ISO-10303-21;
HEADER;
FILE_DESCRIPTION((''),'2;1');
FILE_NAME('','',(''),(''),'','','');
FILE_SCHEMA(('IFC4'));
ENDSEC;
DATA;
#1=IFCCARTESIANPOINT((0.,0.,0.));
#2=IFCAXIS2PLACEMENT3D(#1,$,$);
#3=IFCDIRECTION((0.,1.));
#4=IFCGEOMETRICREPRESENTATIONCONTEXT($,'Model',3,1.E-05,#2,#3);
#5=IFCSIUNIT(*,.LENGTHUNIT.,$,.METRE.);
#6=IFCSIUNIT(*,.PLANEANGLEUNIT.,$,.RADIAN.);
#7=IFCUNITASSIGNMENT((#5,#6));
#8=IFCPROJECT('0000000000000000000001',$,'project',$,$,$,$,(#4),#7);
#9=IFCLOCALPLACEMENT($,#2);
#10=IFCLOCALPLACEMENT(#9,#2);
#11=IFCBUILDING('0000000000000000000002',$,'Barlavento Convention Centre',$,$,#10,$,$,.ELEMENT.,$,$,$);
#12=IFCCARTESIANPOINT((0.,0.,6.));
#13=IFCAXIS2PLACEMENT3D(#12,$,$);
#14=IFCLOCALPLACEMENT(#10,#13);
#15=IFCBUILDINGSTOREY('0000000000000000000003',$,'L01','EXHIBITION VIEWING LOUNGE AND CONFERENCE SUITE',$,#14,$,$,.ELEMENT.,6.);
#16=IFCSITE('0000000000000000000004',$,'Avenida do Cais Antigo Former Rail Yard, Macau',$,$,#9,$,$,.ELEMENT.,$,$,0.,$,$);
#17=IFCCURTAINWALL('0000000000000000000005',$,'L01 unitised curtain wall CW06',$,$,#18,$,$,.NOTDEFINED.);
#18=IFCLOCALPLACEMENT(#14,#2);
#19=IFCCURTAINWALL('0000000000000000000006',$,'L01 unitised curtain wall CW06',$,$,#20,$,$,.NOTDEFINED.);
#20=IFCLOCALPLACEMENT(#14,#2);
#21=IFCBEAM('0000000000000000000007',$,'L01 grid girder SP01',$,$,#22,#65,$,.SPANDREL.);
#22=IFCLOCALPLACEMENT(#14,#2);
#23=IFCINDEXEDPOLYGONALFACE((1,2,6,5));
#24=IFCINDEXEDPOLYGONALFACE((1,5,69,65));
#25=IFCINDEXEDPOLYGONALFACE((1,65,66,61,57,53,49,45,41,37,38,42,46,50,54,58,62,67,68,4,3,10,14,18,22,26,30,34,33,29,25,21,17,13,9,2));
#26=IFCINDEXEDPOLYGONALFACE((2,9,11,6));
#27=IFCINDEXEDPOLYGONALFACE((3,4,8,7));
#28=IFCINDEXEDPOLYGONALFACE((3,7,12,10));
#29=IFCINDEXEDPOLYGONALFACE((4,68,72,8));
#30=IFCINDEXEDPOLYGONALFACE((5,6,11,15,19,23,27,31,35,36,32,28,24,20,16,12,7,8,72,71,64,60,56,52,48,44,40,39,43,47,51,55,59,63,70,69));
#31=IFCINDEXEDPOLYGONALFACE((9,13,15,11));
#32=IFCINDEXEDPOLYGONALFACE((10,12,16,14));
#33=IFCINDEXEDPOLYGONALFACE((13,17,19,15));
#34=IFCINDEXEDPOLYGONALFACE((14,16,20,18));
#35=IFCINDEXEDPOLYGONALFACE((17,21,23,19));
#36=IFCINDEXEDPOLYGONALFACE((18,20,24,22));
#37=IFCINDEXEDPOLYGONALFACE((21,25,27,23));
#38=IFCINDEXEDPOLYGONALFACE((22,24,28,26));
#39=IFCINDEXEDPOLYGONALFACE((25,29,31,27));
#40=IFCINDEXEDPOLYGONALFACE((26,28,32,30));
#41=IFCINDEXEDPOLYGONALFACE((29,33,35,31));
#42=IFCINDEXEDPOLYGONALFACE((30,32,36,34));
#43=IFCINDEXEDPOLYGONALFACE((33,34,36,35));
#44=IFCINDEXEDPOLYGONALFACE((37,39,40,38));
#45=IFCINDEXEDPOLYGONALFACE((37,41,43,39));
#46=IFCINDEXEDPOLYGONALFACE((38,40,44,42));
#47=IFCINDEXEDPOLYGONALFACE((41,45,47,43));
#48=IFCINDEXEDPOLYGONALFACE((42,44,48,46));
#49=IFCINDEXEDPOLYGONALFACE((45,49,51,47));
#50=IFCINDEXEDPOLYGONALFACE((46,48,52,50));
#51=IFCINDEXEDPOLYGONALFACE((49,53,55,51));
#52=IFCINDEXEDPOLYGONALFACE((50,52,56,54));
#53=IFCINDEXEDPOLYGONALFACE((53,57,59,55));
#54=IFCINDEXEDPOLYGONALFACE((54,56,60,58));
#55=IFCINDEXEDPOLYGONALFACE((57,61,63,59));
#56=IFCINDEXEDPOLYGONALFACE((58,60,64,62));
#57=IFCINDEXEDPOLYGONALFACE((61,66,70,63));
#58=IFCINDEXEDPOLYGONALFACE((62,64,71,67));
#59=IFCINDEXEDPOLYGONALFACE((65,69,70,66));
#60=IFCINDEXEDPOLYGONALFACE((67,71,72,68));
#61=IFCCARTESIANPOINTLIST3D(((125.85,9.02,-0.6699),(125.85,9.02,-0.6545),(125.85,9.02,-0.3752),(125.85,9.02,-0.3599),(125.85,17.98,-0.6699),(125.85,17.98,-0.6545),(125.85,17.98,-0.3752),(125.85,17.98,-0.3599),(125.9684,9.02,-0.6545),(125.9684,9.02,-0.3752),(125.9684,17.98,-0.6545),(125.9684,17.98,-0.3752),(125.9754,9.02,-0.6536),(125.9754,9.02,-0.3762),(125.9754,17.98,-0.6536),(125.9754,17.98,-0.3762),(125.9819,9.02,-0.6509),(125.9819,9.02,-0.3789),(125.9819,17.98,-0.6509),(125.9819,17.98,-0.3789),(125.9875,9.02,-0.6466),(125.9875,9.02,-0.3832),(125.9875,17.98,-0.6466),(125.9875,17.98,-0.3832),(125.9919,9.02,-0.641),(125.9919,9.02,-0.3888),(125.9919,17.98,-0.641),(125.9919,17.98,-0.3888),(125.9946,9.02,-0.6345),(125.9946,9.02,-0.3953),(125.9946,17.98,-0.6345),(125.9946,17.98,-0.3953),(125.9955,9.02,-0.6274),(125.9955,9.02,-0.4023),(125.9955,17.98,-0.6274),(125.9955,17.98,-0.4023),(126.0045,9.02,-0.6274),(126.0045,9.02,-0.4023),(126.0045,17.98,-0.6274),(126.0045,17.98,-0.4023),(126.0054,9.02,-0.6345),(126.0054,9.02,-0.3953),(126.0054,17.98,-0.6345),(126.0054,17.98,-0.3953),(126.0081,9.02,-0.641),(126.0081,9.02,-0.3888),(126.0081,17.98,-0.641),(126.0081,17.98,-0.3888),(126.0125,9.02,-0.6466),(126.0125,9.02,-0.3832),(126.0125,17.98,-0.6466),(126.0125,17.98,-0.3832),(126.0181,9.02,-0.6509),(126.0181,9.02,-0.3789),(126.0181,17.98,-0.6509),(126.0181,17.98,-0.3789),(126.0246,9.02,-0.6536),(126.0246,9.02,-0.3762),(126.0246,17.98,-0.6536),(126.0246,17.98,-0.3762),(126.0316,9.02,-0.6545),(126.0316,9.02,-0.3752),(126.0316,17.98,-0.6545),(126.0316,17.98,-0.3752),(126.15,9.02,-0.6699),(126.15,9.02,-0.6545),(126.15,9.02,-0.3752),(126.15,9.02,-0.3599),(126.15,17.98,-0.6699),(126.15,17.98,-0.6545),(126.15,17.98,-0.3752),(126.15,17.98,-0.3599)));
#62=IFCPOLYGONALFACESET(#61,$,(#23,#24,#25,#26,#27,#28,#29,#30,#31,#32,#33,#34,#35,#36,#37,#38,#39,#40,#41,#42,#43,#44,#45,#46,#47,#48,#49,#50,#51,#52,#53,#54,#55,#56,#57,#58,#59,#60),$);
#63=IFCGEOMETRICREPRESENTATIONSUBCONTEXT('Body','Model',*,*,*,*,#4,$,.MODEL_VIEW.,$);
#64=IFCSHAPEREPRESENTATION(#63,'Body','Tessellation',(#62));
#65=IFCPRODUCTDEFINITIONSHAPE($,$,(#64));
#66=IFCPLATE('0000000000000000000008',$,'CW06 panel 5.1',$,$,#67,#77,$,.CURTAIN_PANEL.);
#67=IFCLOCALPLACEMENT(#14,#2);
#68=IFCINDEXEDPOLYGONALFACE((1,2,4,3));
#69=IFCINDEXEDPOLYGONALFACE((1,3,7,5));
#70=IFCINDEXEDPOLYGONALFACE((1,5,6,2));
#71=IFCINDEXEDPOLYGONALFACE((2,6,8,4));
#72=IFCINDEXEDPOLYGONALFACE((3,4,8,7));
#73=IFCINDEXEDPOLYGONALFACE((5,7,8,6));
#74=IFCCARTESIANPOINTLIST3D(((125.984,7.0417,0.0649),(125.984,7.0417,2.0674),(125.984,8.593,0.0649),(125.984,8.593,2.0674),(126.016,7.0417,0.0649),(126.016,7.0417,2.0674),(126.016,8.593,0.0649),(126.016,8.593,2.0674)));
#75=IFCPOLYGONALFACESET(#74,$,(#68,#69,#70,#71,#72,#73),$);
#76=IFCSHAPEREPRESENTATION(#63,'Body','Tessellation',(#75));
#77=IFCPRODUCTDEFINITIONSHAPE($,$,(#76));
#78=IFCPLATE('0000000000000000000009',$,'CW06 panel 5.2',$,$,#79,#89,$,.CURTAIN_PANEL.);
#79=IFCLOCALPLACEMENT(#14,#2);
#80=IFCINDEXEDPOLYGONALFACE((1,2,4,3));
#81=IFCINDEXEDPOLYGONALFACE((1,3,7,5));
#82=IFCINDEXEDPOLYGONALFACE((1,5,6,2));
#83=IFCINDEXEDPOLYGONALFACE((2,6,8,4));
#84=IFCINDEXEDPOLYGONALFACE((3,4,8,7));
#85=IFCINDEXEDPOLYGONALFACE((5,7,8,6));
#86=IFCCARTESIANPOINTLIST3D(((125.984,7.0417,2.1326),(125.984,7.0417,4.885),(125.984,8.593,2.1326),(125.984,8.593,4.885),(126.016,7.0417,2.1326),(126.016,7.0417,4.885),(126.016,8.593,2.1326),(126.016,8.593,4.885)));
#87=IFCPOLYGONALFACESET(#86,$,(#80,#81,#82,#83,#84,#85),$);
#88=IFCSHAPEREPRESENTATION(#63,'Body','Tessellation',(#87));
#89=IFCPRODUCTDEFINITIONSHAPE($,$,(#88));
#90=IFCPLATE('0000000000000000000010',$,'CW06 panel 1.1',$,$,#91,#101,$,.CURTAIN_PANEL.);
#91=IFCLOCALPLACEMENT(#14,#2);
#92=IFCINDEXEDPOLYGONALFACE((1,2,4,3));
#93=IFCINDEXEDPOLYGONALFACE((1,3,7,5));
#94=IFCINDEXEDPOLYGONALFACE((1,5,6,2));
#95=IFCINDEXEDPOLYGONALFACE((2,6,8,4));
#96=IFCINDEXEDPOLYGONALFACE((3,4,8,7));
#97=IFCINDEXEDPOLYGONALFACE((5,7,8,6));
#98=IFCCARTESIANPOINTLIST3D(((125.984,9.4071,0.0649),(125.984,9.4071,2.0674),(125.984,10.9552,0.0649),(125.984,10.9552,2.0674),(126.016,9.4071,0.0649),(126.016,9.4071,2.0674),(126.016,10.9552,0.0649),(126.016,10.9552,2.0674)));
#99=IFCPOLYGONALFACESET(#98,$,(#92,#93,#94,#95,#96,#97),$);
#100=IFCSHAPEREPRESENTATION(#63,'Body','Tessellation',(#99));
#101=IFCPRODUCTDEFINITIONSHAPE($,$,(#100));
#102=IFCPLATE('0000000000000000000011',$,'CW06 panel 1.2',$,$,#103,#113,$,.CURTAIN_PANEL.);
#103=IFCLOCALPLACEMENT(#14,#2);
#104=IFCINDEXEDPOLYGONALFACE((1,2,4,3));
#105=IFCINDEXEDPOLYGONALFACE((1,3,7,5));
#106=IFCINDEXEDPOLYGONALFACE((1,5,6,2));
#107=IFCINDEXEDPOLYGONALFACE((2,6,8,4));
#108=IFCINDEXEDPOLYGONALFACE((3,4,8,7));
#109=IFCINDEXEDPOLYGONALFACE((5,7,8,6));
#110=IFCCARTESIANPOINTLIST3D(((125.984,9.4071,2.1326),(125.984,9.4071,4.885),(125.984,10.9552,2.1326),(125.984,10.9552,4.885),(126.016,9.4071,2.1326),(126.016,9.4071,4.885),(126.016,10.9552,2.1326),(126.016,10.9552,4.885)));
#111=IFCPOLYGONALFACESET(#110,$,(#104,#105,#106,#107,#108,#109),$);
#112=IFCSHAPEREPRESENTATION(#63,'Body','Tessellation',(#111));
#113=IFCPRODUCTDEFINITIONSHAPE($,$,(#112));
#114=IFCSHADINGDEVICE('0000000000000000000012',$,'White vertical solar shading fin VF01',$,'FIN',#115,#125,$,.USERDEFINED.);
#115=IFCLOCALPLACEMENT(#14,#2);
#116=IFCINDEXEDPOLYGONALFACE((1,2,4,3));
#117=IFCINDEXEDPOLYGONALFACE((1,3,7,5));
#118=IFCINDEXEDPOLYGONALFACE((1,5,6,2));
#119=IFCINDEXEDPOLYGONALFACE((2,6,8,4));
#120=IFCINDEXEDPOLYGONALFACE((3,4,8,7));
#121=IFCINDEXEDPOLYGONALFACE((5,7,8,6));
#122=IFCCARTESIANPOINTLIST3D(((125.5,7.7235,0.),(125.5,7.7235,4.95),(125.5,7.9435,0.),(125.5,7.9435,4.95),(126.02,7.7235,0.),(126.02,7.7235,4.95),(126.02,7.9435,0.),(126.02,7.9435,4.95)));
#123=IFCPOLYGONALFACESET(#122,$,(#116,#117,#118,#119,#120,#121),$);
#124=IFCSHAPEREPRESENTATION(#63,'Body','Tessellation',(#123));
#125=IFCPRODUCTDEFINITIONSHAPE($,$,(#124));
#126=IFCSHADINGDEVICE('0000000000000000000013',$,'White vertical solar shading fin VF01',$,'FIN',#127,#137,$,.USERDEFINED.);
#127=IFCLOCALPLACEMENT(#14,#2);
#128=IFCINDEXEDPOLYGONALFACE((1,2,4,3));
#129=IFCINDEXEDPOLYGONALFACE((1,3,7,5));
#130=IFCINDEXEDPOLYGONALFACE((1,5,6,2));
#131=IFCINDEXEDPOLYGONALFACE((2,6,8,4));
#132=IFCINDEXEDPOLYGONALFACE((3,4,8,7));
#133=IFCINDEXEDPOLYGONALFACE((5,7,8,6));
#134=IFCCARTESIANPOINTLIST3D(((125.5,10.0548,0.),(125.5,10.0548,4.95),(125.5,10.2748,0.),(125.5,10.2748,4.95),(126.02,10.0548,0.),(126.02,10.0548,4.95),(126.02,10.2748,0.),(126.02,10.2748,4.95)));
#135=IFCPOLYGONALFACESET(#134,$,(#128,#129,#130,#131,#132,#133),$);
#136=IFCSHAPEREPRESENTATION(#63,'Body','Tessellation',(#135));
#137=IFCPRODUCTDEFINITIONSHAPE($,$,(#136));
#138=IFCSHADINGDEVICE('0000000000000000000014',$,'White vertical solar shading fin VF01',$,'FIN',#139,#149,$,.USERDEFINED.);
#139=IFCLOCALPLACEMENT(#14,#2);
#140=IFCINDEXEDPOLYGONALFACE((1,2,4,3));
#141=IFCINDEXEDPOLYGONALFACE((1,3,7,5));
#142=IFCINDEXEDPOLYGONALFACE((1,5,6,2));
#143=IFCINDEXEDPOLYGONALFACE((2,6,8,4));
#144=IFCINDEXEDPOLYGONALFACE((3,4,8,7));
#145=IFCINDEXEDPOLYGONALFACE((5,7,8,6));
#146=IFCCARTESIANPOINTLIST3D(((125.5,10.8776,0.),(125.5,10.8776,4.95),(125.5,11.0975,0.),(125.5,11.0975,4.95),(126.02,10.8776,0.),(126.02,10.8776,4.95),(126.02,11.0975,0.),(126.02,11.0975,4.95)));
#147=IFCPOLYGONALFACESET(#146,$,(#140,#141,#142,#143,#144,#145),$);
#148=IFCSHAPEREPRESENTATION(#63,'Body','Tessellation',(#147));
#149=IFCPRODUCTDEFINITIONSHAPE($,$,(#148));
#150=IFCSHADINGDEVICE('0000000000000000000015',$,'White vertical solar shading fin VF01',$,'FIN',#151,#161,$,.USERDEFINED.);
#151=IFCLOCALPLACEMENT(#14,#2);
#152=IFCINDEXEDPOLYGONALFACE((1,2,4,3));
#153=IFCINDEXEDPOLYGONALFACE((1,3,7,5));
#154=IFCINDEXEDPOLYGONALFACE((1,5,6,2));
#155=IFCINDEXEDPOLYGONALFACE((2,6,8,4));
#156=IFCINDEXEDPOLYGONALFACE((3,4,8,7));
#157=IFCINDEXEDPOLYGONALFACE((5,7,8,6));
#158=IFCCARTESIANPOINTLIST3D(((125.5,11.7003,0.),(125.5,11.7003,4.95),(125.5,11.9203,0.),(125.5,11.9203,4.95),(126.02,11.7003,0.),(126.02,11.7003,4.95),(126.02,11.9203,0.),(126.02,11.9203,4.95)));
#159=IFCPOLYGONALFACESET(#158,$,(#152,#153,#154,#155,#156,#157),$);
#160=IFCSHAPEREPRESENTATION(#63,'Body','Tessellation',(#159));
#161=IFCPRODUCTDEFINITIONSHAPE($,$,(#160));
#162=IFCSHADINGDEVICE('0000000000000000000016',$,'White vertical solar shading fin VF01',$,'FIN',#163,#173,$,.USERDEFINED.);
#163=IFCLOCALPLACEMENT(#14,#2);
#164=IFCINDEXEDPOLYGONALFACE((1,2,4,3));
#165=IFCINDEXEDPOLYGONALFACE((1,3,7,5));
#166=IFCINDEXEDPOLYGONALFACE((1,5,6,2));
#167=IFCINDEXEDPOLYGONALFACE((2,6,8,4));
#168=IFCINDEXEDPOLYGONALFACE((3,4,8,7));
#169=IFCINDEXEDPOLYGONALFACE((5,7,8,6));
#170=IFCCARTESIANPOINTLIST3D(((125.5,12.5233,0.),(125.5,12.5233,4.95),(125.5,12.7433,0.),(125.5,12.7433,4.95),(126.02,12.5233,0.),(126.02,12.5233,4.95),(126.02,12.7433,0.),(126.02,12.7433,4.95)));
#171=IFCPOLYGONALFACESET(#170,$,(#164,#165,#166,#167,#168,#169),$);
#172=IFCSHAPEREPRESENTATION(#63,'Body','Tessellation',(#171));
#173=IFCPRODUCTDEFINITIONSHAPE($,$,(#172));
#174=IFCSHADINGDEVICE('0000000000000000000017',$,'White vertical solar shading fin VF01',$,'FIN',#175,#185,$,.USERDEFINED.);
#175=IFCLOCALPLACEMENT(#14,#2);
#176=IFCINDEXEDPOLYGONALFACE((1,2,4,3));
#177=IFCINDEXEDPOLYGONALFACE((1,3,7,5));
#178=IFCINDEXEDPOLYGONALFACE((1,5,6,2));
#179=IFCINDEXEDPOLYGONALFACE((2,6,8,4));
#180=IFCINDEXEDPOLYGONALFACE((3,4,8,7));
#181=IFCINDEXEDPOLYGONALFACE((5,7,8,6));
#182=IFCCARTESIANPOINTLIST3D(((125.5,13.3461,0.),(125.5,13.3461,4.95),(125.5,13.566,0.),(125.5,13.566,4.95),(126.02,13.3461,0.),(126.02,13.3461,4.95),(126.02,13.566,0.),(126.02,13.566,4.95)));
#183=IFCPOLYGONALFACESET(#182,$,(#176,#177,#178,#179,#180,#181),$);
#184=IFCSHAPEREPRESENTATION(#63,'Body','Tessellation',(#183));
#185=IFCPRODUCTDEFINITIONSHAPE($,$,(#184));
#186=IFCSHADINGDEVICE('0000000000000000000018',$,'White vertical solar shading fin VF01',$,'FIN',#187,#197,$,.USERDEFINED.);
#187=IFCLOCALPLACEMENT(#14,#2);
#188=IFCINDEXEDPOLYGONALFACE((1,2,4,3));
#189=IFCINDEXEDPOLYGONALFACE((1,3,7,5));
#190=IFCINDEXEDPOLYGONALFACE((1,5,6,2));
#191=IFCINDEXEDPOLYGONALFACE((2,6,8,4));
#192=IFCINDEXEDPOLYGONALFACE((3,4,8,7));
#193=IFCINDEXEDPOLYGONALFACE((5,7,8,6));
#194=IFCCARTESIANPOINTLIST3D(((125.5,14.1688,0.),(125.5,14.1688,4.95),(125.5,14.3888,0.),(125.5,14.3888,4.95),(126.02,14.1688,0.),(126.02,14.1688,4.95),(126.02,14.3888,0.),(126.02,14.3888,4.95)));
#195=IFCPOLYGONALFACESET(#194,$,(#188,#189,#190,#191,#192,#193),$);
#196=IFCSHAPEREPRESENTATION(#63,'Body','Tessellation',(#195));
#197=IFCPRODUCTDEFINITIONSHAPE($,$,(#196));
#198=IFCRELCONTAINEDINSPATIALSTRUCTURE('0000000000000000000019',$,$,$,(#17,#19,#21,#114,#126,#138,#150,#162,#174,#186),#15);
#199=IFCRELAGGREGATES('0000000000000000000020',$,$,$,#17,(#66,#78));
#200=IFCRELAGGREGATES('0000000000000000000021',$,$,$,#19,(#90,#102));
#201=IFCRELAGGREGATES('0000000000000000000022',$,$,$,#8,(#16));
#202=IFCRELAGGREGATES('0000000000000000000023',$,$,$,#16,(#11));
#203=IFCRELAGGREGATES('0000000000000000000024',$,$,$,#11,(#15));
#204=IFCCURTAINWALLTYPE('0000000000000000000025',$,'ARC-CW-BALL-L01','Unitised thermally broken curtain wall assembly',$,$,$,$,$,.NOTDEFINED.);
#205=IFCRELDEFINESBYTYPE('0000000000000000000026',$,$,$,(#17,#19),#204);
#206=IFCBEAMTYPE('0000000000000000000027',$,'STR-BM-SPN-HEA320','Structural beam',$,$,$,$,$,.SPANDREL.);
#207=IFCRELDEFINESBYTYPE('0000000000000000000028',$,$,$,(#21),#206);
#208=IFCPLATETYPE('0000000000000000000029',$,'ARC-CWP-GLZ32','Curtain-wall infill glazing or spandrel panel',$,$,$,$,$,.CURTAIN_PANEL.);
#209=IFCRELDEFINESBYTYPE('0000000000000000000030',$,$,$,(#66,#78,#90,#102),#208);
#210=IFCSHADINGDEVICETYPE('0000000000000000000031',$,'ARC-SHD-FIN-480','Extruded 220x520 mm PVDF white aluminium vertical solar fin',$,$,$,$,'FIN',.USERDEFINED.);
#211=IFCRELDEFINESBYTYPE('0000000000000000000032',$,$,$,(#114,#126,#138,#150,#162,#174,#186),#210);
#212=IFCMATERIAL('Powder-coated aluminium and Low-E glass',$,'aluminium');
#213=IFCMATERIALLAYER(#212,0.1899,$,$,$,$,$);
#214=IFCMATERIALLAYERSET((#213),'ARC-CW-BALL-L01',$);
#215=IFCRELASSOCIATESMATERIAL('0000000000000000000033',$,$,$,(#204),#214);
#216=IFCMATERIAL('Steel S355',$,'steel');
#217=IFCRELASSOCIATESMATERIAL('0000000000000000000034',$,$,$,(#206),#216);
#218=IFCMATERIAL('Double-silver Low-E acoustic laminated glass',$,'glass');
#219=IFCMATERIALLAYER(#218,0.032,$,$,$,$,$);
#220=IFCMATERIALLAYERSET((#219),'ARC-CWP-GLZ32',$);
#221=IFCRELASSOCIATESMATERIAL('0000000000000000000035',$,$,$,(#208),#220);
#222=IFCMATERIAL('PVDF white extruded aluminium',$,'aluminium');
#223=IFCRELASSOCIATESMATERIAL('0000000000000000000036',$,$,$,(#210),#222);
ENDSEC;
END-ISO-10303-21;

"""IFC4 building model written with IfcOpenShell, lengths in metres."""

from ifc_helpers import new_model, si_unit, direction, frame, origin, origin_2d, place, context, subcontext, project, spatial, rectangle, i_section, extrude, material, layer, layer_set, material_profile, profile_set, type_object, element, aggregate, save


model = new_model("IFC4")

# Units and contexts
model_context = context("Model", 3, precision=1e-05, world=origin(), true_north=direction((0.0, 1.0)))
body_context = subcontext(model_context, "Body", "Model", "MODEL_VIEW")
ifc_project = project(units=[si_unit("LENGTHUNIT", "METRE"), si_unit("PLANEANGLEUNIT", "RADIAN")], contexts=[model_context])

# Site, building, storey
site_placement = place(None, origin())
site = spatial("IfcSite", under=ifc_project, at=site_placement, Name="Avenida do Cais Antigo Former Rail Yard, Macau", CompositionType="ELEMENT", RefElevation=0.0)
building_placement = place(site_placement, origin())
building = spatial("IfcBuilding", under=site, at=building_placement, Name="Barlavento Convention Centre", CompositionType="ELEMENT")
storey_placement = place(building_placement, frame((0.0, 0.0, 6.0)))
storey = spatial("IfcBuildingStorey", under=building, at=storey_placement, Name="L01", Description="EXHIBITION VIEWING LOUNGE AND CONFERENCE SUITE", CompositionType="ELEMENT", Elevation=6.0)

# Shared definitions
ifc_material_1 = material(Name="Steel S355", Category="steel")

# Curtain walls
ifc_material_2 = material(Name="Powder-coated aluminium and Low-E glass", Category="aluminium")
ifc_layer_1 = layer(ifc_material_2, 0.1899)
ifc_layer_set_1 = layer_set([ifc_layer_1], Name="ARC-CW-BALL-L01")
curtain_wall_type = type_object("IfcCurtainWallType", Name="ARC-CW-BALL-L01", Description="Unitised thermally broken curtain wall assembly", PredefinedType="NOTDEFINED", material=ifc_layer_set_1)
curtain_wall_1_placement = place(storey_placement, origin())
curtain_wall_1 = element("IfcCurtainWall", 1, at=curtain_wall_1_placement, inside=storey, type_object=curtain_wall_type, Name="L01 unitised curtain wall CW06", PredefinedType="NOTDEFINED")
curtain_wall_2_placement = place(storey_placement, origin())
curtain_wall_2 = element("IfcCurtainWall", 2, at=curtain_wall_2_placement, inside=storey, type_object=curtain_wall_type, Name="L01 unitised curtain wall CW06", PredefinedType="NOTDEFINED")

# Beam
ifc_material_profile_1 = material_profile(ifc_material_1, i_section(OverallWidth=0.3, OverallDepth=0.3101, WebThickness=0.009, FlangeThickness=0.0154, FilletRadius=0.0271, at=origin_2d()), Name="HEA 320")
ifc_profile_set_1 = profile_set([ifc_material_profile_1], Name="Steel S355")
beam_type = type_object("IfcBeamType", Name="STR-BM-SPN-HEA320", Description="Structural beam", PredefinedType="SPANDREL", material=ifc_profile_set_1)
beam_placement = place(storey_placement, frame((126.0, 9.02, -0.5149), z_axis=(0.0, 1.0, 0.0), x_axis=(-1.0, 0.0, 0.0)))
element("IfcBeam", 3, at=beam_placement, inside=storey, type_object=beam_type, Name="L01 grid girder SP01", PredefinedType="SPANDREL", context=body_context, shape_type="SweptSolid", body=[
    extrude(i_section(OverallWidth=0.3, OverallDepth=0.3101, WebThickness=0.009, FlangeThickness=0.0154, FilletRadius=0.0271, at=origin_2d()), origin(), (0.0, 0.0, 1.0), 8.96),
])

# Plates
ifc_material_3 = material(Name="Double-silver Low-E acoustic laminated glass", Category="glass")
ifc_layer_2 = layer(ifc_material_3, 0.032)
ifc_layer_set_2 = layer_set([ifc_layer_2], Name="ARC-CWP-GLZ32")
plate_type = type_object("IfcPlateType", Name="ARC-CWP-GLZ32", Description="Curtain-wall infill glazing or spandrel panel", PredefinedType="CURTAIN_PANEL", material=ifc_layer_set_2)
plate_1_placement = place(storey_placement, frame((126.0, 7.8174, 0.0649), z_axis=(0.0, 0.0, 1.0), x_axis=(0.0, 1.0, 0.0)))
plate_1 = element("IfcPlate", 4, at=plate_1_placement, type_object=plate_type, Name="CW06 panel 5.1", PredefinedType="CURTAIN_PANEL", context=body_context, shape_type="SweptSolid", body=[
    extrude(rectangle(XDim=1.5513, YDim=0.032, at=origin_2d()), origin(), (0.0, 0.0, 1.0), 2.0024),
])
plate_2_placement = place(storey_placement, frame((126.0, 7.8174, 2.1326), z_axis=(0.0, 0.0, 1.0), x_axis=(0.0, 1.0, 0.0)))
plate_2 = element("IfcPlate", 5, at=plate_2_placement, type_object=plate_type, Name="CW06 panel 5.2", PredefinedType="CURTAIN_PANEL", context=body_context, shape_type="SweptSolid", body=[
    extrude(rectangle(XDim=1.5513, YDim=0.032, at=origin_2d()), origin(), (0.0, 0.0, 1.0), 2.7524),
])
aggregate(curtain_wall_1, [plate_1, plate_2])
plate_3_placement = place(storey_placement, frame((126.0, 10.1812, 0.0649), z_axis=(0.0, 0.0, 1.0), x_axis=(0.0, 1.0, 0.0)))
plate_3 = element("IfcPlate", 6, at=plate_3_placement, type_object=plate_type, Name="CW06 panel 1.1", PredefinedType="CURTAIN_PANEL", context=body_context, shape_type="SweptSolid", body=[
    extrude(rectangle(XDim=1.5481, YDim=0.032, at=origin_2d()), origin(), (0.0, 0.0, 1.0), 2.0024),
])
plate_4_placement = place(storey_placement, frame((126.0, 10.1812, 2.1326), z_axis=(0.0, 0.0, 1.0), x_axis=(0.0, 1.0, 0.0)))
plate_4 = element("IfcPlate", 7, at=plate_4_placement, type_object=plate_type, Name="CW06 panel 1.2", PredefinedType="CURTAIN_PANEL", context=body_context, shape_type="SweptSolid", body=[
    extrude(rectangle(XDim=1.5481, YDim=0.032, at=origin_2d()), origin(), (0.0, 0.0, 1.0), 2.7524),
])
aggregate(curtain_wall_2, [plate_3, plate_4])

# Shading devices
ifc_material_4 = material(Name="PVDF white extruded aluminium", Category="aluminium")
shading_device_type = type_object("IfcShadingDeviceType", Name="ARC-SHD-FIN-480", Description="Extruded 220x520 mm PVDF white aluminium vertical solar fin", ElementType="FIN", PredefinedType="USERDEFINED", material=ifc_material_4)
for number, where, z_axis, x_axis, name in (
    (8, (125.76, 7.8335, 0.0), (0.0, 0.0, 1.0), (0.0, 1.0, 0.0), "White vertical solar shading fin VF01"),
    (9, (125.76, 10.1648, 0.0), (0.0, 0.0, 1.0), (0.0, 1.0, 0.0), "White vertical solar shading fin VF01"),
    (10, (125.76, 10.9875, 0.0), (0.0, 0.0, 1.0), (0.0, 1.0, 0.0), "White vertical solar shading fin VF01"),
    (11, (125.76, 11.8103, 0.0), (0.0, 0.0, 1.0), (0.0, 1.0, 0.0), "White vertical solar shading fin VF01"),
    (12, (125.76, 12.6333, 0.0), (0.0, 0.0, 1.0), (0.0, 1.0, 0.0), "White vertical solar shading fin VF01"),
    (13, (125.76, 13.4561, 0.0), (0.0, 0.0, 1.0), (0.0, 1.0, 0.0), "White vertical solar shading fin VF01"),
    (14, (125.76, 14.2788, 0.0), (0.0, 0.0, 1.0), (0.0, 1.0, 0.0), "White vertical solar shading fin VF01"),
):
    element("IfcShadingDevice", number, at=place(storey_placement, frame(where, z_axis=z_axis, x_axis=x_axis)), inside=storey, type_object=shading_device_type, Name=name, ObjectType="FIN", PredefinedType="USERDEFINED", context=body_context, shape_type="SweptSolid", body=[
        extrude(rectangle(XDim=0.22, YDim=0.52, at=origin_2d()), origin(), (0.0, 0.0, 1.0), 4.95),
    ])

save(model, "model.ifc")
